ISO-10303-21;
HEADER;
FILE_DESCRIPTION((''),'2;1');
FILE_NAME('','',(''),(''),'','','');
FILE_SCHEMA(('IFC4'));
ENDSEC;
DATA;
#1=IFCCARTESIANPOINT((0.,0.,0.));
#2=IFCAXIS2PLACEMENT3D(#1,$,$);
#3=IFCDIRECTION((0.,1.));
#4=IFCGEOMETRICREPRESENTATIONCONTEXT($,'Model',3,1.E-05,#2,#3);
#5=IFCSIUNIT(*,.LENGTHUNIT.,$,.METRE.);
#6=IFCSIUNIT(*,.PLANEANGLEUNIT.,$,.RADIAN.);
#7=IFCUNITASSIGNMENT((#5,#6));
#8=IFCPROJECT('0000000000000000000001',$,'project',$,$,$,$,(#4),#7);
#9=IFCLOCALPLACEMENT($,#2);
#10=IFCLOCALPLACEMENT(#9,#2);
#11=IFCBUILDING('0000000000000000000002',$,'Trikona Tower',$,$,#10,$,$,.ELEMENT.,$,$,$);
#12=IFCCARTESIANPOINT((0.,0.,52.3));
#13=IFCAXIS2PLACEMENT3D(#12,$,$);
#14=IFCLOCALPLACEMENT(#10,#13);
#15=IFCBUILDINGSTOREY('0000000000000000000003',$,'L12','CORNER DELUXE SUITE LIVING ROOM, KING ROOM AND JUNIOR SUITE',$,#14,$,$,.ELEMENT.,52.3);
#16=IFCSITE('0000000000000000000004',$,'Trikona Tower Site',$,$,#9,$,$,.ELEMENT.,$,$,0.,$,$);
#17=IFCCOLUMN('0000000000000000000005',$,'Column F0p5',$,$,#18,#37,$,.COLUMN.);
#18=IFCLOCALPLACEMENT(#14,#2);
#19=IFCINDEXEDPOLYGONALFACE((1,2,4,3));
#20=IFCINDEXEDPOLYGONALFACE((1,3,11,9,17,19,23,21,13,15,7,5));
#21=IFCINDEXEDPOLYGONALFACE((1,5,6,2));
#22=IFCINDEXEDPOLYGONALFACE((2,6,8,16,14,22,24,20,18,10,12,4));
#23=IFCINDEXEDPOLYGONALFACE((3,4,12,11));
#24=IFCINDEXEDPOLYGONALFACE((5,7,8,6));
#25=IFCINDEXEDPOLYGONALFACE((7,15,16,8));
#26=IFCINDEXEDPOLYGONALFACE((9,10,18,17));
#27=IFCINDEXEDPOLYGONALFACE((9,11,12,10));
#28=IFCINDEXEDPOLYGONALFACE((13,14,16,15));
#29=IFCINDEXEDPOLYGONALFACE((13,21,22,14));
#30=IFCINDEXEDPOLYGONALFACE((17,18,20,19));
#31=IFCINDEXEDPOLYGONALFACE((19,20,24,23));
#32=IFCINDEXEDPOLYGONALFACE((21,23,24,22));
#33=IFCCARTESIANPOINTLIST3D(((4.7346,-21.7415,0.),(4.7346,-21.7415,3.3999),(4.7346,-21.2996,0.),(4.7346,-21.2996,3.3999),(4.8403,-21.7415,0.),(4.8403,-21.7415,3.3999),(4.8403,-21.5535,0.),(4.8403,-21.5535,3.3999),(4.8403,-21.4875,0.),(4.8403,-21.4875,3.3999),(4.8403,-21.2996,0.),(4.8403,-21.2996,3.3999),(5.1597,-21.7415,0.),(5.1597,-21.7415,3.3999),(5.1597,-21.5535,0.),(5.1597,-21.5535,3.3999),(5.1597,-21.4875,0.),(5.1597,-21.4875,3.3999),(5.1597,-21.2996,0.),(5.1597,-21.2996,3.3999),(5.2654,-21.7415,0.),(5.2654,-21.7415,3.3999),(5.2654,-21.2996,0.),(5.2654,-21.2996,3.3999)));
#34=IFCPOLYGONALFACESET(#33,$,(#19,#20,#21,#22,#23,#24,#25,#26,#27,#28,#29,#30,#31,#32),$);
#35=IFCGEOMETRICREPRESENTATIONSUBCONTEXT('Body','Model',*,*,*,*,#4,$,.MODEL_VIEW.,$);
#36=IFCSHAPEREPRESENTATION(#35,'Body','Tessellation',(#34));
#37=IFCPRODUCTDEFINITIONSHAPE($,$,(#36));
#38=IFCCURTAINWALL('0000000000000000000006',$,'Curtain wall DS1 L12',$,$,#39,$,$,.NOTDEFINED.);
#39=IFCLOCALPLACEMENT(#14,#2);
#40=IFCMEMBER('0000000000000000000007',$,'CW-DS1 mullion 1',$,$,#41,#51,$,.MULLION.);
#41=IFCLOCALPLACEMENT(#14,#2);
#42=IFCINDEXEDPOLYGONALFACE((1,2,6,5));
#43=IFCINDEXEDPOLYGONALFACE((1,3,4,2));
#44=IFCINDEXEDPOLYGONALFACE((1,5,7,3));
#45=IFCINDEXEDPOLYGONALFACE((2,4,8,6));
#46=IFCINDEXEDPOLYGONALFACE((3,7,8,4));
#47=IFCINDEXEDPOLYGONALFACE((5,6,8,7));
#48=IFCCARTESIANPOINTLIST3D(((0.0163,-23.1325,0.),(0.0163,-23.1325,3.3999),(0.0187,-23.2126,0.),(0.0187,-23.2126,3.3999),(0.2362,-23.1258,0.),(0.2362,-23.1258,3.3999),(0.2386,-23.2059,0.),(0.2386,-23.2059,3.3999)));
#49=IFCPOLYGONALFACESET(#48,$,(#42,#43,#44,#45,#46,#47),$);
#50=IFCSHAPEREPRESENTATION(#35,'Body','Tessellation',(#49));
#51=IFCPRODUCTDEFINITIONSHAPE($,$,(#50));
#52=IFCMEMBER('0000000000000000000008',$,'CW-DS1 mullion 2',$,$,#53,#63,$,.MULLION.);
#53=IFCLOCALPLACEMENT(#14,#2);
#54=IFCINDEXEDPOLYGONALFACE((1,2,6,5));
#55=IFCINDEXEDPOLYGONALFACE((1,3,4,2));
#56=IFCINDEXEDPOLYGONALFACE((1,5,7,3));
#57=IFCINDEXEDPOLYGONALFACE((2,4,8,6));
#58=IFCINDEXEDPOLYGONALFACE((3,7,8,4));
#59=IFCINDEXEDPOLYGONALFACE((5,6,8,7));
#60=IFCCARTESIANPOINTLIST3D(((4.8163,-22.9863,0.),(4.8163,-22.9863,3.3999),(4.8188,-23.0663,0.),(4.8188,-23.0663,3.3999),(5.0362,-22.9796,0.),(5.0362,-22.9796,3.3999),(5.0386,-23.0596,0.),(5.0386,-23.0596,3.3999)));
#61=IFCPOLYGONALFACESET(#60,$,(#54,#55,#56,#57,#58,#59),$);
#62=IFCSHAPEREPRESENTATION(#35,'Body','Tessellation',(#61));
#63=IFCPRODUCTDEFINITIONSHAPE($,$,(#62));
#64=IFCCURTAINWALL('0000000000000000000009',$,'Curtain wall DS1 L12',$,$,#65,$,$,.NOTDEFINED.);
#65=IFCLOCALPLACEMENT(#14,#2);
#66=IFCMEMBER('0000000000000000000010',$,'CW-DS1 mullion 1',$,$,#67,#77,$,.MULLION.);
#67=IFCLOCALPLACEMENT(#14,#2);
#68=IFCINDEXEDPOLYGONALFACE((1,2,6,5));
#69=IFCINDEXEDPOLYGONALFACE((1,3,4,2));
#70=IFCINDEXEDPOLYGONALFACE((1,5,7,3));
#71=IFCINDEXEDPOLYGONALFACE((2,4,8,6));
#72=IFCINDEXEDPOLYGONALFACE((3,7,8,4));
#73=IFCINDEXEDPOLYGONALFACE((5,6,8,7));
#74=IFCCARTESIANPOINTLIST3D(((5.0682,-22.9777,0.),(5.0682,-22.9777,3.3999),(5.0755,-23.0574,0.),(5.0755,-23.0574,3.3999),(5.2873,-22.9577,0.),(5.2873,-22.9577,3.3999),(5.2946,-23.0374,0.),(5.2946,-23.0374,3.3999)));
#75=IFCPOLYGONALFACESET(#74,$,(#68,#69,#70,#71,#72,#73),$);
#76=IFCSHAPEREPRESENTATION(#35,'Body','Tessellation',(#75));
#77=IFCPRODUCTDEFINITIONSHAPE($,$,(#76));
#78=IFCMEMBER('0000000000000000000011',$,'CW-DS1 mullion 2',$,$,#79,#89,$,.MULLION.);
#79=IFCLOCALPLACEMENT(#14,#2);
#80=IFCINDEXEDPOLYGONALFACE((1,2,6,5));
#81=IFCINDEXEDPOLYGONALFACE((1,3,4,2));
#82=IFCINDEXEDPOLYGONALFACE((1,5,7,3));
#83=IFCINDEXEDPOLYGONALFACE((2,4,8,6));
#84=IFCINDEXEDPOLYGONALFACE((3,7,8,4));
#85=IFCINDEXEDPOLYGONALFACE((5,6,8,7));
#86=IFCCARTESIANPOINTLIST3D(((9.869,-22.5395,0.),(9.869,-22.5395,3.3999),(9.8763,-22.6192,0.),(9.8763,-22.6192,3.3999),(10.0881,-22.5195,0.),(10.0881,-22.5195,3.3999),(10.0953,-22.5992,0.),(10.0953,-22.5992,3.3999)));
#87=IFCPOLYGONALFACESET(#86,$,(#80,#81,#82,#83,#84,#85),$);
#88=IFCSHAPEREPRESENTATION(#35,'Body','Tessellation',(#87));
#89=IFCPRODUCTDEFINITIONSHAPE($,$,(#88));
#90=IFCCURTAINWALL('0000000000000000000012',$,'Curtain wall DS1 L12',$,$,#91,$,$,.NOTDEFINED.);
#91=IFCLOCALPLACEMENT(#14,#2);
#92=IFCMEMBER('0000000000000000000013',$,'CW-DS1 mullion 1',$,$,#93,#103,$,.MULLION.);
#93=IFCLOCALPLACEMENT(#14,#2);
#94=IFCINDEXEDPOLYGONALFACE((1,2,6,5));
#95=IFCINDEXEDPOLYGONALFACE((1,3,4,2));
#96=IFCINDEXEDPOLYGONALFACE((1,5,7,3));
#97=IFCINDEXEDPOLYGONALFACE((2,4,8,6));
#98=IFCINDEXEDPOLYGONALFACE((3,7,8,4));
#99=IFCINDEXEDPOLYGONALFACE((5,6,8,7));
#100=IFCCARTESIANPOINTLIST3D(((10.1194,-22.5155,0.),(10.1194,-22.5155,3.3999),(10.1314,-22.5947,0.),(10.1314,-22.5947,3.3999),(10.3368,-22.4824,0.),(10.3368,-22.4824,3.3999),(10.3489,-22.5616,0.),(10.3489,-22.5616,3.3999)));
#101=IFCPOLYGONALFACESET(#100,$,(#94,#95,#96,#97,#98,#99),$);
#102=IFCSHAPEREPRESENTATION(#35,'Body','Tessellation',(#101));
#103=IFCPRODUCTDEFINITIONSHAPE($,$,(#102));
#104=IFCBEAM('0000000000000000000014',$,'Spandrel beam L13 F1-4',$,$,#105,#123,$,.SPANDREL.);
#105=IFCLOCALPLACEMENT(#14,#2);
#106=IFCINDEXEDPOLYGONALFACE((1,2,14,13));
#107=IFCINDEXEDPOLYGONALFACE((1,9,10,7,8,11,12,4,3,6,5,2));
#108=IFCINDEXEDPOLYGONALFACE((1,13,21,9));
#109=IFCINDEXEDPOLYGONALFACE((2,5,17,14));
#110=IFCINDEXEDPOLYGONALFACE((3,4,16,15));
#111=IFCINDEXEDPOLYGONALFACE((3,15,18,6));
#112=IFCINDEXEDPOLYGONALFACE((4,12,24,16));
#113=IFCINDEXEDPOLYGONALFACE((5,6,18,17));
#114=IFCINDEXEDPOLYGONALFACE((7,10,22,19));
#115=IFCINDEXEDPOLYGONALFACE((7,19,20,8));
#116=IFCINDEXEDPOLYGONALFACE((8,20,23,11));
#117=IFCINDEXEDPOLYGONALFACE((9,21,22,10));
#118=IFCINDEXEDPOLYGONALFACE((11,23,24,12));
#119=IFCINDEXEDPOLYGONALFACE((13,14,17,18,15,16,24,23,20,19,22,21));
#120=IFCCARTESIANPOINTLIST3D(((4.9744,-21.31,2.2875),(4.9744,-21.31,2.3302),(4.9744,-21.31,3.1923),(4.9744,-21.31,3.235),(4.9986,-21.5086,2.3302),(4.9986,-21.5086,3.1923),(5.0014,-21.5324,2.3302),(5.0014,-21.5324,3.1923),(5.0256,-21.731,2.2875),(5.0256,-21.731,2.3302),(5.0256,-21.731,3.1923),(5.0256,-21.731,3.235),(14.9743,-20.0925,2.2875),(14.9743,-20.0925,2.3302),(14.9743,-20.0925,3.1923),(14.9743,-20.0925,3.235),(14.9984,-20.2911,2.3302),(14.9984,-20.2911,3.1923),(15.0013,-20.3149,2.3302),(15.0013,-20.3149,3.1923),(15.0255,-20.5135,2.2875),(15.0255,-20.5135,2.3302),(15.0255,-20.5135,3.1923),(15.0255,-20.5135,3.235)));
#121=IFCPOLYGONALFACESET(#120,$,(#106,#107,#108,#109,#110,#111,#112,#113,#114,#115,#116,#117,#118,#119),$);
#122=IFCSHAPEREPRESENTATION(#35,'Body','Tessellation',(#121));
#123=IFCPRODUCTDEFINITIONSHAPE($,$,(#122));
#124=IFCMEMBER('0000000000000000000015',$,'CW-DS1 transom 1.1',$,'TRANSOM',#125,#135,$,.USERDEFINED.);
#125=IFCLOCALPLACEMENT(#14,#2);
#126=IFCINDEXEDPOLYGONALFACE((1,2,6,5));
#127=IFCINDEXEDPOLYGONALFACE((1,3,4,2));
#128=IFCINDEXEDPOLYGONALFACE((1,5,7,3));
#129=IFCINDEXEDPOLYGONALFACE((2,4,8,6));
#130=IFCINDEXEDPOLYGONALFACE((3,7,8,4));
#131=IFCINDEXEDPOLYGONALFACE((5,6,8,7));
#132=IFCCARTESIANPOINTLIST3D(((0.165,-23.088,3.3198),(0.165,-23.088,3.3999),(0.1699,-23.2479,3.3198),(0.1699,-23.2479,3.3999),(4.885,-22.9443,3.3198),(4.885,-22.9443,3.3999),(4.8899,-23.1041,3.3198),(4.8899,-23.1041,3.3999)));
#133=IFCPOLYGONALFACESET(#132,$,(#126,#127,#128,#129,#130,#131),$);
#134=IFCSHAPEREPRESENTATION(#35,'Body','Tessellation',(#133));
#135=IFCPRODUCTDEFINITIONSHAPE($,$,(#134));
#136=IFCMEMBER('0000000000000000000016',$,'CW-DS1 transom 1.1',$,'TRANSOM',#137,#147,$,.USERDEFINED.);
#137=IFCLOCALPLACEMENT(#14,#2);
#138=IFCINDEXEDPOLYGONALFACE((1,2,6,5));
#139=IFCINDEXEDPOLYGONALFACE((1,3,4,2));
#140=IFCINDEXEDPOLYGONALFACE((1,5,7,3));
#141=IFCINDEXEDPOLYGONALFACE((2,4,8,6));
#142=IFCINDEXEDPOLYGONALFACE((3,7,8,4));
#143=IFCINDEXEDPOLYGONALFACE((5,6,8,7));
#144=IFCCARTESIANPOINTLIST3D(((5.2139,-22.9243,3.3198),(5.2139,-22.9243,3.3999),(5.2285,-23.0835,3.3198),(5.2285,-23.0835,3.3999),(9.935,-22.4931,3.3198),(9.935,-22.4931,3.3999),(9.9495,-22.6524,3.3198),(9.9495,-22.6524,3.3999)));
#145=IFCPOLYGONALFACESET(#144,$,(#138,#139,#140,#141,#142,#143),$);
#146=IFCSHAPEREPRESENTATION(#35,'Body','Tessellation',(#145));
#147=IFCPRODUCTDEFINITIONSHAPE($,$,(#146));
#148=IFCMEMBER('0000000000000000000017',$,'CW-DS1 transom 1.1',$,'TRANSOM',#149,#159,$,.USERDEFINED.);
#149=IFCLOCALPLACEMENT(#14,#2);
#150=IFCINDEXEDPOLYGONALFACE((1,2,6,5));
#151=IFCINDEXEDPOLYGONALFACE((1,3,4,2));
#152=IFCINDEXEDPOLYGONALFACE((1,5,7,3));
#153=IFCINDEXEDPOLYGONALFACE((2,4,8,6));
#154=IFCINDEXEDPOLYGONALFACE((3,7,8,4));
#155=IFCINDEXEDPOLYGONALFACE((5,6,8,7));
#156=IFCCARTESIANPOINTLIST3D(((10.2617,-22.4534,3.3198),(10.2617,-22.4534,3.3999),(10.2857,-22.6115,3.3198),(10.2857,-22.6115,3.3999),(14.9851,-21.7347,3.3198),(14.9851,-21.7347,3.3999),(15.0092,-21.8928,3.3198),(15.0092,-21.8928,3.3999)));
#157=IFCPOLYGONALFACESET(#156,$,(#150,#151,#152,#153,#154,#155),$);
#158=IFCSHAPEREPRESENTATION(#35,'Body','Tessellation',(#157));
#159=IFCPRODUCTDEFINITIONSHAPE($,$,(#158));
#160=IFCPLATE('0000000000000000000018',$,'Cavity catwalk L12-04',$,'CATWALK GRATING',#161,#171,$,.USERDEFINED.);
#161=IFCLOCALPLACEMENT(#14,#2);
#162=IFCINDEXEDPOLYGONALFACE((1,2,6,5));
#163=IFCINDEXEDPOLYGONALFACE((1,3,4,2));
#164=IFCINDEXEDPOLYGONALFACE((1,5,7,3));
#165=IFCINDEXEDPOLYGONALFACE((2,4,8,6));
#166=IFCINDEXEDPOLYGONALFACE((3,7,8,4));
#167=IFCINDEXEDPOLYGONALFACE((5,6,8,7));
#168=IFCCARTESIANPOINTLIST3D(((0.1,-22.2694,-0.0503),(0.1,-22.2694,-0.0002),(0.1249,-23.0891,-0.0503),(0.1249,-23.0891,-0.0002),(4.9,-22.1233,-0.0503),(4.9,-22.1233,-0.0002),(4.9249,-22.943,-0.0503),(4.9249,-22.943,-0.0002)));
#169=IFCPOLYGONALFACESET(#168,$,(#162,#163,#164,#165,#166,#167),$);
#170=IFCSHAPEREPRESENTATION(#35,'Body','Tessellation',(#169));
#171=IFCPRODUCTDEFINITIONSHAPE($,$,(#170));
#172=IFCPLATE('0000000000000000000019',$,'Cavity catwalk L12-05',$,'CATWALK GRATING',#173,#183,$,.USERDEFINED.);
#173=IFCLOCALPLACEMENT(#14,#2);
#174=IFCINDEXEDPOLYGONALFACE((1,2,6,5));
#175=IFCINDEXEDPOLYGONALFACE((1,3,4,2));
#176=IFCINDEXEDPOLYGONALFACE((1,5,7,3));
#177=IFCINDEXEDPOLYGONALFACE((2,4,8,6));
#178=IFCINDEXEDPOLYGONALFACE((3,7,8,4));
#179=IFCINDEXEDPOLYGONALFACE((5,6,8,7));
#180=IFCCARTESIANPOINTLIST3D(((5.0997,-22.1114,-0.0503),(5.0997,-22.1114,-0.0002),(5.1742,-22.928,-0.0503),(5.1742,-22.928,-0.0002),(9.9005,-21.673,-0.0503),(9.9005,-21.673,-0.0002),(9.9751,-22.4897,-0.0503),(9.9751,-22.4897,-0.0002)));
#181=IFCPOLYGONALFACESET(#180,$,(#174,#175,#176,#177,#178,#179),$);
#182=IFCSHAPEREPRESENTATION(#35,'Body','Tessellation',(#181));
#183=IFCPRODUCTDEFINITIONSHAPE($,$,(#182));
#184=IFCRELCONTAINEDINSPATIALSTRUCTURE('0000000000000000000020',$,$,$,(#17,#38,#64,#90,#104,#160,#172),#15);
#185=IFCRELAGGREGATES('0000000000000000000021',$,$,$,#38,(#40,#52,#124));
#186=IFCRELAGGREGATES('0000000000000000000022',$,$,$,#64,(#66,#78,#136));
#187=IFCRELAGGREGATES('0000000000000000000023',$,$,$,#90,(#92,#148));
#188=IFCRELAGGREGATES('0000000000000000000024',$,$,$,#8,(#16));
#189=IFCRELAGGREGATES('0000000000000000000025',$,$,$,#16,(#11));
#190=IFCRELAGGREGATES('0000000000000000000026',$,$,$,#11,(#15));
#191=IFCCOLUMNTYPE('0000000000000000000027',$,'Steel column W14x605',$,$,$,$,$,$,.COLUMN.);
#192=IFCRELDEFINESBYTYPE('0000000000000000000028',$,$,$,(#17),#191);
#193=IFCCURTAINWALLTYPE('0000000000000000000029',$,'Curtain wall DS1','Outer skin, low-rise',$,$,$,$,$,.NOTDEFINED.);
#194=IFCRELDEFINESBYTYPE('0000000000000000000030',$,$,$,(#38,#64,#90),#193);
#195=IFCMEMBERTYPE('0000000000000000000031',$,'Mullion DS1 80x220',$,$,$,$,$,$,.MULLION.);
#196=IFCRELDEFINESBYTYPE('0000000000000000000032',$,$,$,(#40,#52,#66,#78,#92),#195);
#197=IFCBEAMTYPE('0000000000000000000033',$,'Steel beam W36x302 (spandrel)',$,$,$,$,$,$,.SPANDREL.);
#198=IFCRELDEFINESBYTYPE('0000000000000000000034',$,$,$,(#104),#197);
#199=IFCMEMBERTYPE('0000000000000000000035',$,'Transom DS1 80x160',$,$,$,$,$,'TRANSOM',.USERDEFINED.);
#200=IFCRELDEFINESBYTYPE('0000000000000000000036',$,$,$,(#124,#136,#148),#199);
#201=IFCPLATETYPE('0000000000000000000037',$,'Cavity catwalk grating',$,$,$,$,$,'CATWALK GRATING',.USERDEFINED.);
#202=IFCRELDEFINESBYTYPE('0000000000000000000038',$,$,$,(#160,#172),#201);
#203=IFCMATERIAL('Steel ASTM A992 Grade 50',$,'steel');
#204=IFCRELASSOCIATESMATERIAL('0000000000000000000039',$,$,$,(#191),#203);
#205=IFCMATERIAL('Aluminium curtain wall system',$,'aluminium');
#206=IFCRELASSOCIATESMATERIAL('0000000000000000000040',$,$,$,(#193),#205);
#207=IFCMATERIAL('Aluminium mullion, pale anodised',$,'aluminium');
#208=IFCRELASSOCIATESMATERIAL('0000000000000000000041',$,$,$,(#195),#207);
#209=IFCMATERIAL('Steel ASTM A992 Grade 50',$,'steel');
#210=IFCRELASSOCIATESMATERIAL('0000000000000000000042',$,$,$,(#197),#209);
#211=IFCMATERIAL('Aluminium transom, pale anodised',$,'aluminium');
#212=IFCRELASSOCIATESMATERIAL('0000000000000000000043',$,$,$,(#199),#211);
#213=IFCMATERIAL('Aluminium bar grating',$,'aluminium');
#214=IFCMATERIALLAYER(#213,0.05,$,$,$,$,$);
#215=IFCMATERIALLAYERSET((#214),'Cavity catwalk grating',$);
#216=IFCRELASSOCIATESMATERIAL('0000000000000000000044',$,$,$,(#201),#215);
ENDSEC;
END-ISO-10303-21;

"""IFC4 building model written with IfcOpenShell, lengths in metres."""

from ifc_helpers import new_model, si_unit, direction, frame, origin, origin_2d, place, context, subcontext, project, spatial, rectangle, i_section, extrude, material, layer, layer_set, material_profile, profile_set, type_object, element, aggregate, save


model = new_model("IFC4")

# Units and contexts
model_context = context("Model", 3, precision=1e-05, world=origin(), true_north=direction((0.0, 1.0)))
body_context = subcontext(model_context, "Body", "Model", "MODEL_VIEW")
ifc_project = project(units=[si_unit("LENGTHUNIT", "METRE"), si_unit("PLANEANGLEUNIT", "RADIAN")], contexts=[model_context])

# Site, building, storey
site_placement = place(None, origin())
site = spatial("IfcSite", under=ifc_project, at=site_placement, Name="Trikona Tower Site", CompositionType="ELEMENT", RefElevation=0.0)
building_placement = place(site_placement, origin())
building = spatial("IfcBuilding", under=site, at=building_placement, Name="Trikona Tower", CompositionType="ELEMENT")
storey_placement = place(building_placement, frame((0.0, 0.0, 52.3)))
storey = spatial("IfcBuildingStorey", under=building, at=storey_placement, Name="L12", Description="CORNER DELUXE SUITE LIVING ROOM, KING ROOM AND JUNIOR SUITE", CompositionType="ELEMENT", Elevation=52.3)

# Column
ifc_material_1 = material(Name="Steel ASTM A992 Grade 50", Category="steel")
ifc_material_profile_1 = material_profile(ifc_material_1, i_section(OverallWidth=0.4419, OverallDepth=0.5308, WebThickness=0.0659, FlangeThickness=0.1057, at=origin_2d()), Name="W14X605")
ifc_profile_set_1 = profile_set([ifc_material_profile_1], Name="Steel ASTM A992 Grade 50")
column_type = type_object("IfcColumnType", Name="Steel column W14x605", PredefinedType="COLUMN", material=ifc_profile_set_1)
column_placement = place(storey_placement, frame((5.0, -21.5205, 0.0), z_axis=(0.0, 0.0, 1.0), x_axis=(0.0, -1.0, 0.0)))
element("IfcColumn", 1, at=column_placement, inside=storey, type_object=column_type, Name="Column F0p5", PredefinedType="COLUMN", context=body_context, shape_type="SweptSolid", body=[
    extrude(i_section(OverallWidth=0.4419, OverallDepth=0.5308, WebThickness=0.0659, FlangeThickness=0.1057, at=origin_2d()), origin(), (0.0, 0.0, 1.0), 3.3999),
])

# Curtain walls, members
ifc_material_2 = material(Name="Aluminium curtain wall system", Category="aluminium")
curtain_wall_type = type_object("IfcCurtainWallType", Name="Curtain wall DS1", Description="Outer skin, low-rise", PredefinedType="NOTDEFINED", material=ifc_material_2)
curtain_wall_1_placement = place(storey_placement, origin())
curtain_wall_1 = element("IfcCurtainWall", 2, at=curtain_wall_1_placement, inside=storey, type_object=curtain_wall_type, Name="Curtain wall DS1 L12", PredefinedType="NOTDEFINED")
ifc_material_3 = material(Name="Aluminium mullion, pale anodised", Category="aluminium")
ifc_material_profile_2 = material_profile(ifc_material_3, rectangle(XDim=0.0801, YDim=0.22, at=origin_2d()), Name="MUL-DS1")
ifc_profile_set_2 = profile_set([ifc_material_profile_2], Name="Aluminium mullion, pale anodised")
member_type_1 = type_object("IfcMemberType", Name="Mullion DS1 80x220", PredefinedType="MULLION", material=ifc_profile_set_2)
member_1_placement = place(storey_placement, frame((0.1274, -23.1692, 0.0), z_axis=(0.0, 0.0, 1.0), x_axis=(-0.030437, 0.999537, 0.0)))
member_1 = element("IfcMember", 3, at=member_1_placement, type_object=member_type_1, Name="CW-DS1 mullion 1", PredefinedType="MULLION", context=body_context, shape_type="SweptSolid", body=[
    extrude(rectangle(XDim=0.0801, YDim=0.22, at=origin_2d()), origin(), (0.0, 0.0, 1.0), 3.3999),
])
member_2_placement = place(storey_placement, frame((4.9275, -23.0229, 0.0), z_axis=(0.0, 0.0, 1.0), x_axis=(-0.030437, 0.999537, 0.0)))
member_2 = element("IfcMember", 4, at=member_2_placement, type_object=member_type_1, Name="CW-DS1 mullion 2", PredefinedType="MULLION", context=body_context, shape_type="SweptSolid", body=[
    extrude(rectangle(XDim=0.0801, YDim=0.22, at=origin_2d()), origin(), (0.0, 0.0, 1.0), 3.3999),
])
curtain_wall_2_placement = place(storey_placement, origin())
curtain_wall_2 = element("IfcCurtainWall", 5, at=curtain_wall_2_placement, inside=storey, type_object=curtain_wall_type, Name="Curtain wall DS1 L12", PredefinedType="NOTDEFINED")
member_3_placement = place(storey_placement, frame((5.1814, -23.0076, 0.0), z_axis=(0.0, 0.0, 1.0), x_axis=(-0.090924, 0.995858, 0.0)))
member_3 = element("IfcMember", 6, at=member_3_placement, type_object=member_type_1, Name="CW-DS1 mullion 1", PredefinedType="MULLION", context=body_context, shape_type="SweptSolid", body=[
    extrude(rectangle(XDim=0.0801, YDim=0.22, at=origin_2d()), origin(), (0.0, 0.0, 1.0), 3.3999),
])
member_4_placement = place(storey_placement, frame((9.9822, -22.5693, 0.0), z_axis=(0.0, 0.0, 1.0), x_axis=(-0.090924, 0.995858, 0.0)))
member_4 = element("IfcMember", 7, at=member_4_placement, type_object=member_type_1, Name="CW-DS1 mullion 2", PredefinedType="MULLION", context=body_context, shape_type="SweptSolid", body=[
    extrude(rectangle(XDim=0.0801, YDim=0.22, at=origin_2d()), origin(), (0.0, 0.0, 1.0), 3.3999),
])

# Curtain wall, member
curtain_wall_3_placement = place(storey_placement, origin())
curtain_wall_3 = element("IfcCurtainWall", 8, at=curtain_wall_3_placement, inside=storey, type_object=curtain_wall_type, Name="Curtain wall DS1 L12", PredefinedType="NOTDEFINED")
member_5_placement = place(storey_placement, frame((10.2341, -22.5386, 0.0), z_axis=(0.0, 0.0, 1.0), x_axis=(-0.150438, 0.988619, 0.0)))
member_5 = element("IfcMember", 9, at=member_5_placement, type_object=member_type_1, Name="CW-DS1 mullion 1", PredefinedType="MULLION", context=body_context, shape_type="SweptSolid", body=[
    extrude(rectangle(XDim=0.0801, YDim=0.22, at=origin_2d()), origin(), (0.0, 0.0, 1.0), 3.3999),
])

# Beam
ifc_material_4 = material(Name="Steel ASTM A992 Grade 50", Category="steel")
ifc_material_profile_3 = material_profile(ifc_material_4, i_section(OverallWidth=0.4241, OverallDepth=0.9475, WebThickness=0.0239, FlangeThickness=0.0427, at=origin_2d()), Name="W36X302")
ifc_profile_set_3 = profile_set([ifc_material_profile_3], Name="Steel ASTM A992 Grade 50")
beam_type = type_object("IfcBeamType", Name="Steel beam W36x302 (spandrel)", PredefinedType="SPANDREL", material=ifc_profile_set_3)
beam_placement = place(storey_placement, frame((5.0, -21.5205, 2.7612), z_axis=(0.99267, 0.12086, 0.0), x_axis=(-0.12086, 0.99267, 0.0)))
element("IfcBeam", 10, at=beam_placement, inside=storey, type_object=beam_type, Name="Spandrel beam L13 F1-4", PredefinedType="SPANDREL", context=body_context, shape_type="SweptSolid", body=[
    extrude(i_section(OverallWidth=0.4241, OverallDepth=0.9475, WebThickness=0.0239, FlangeThickness=0.0427, at=origin_2d()), origin(), (0.0, 0.0, 1.0), 10.0737),
])

# Members
ifc_material_5 = material(Name="Aluminium transom, pale anodised", Category="aluminium")
ifc_material_profile_4 = material_profile(ifc_material_5, rectangle(XDim=0.1599, YDim=0.0801, at=origin_2d()), Name="TRN-DS1")
ifc_profile_set_4 = profile_set([ifc_material_profile_4], Name="Aluminium transom, pale anodised")
member_type_2 = type_object("IfcMemberType", Name="Transom DS1 80x160", ElementType="TRANSOM", PredefinedType="USERDEFINED", material=ifc_profile_set_4)
member_6_placement = place(storey_placement, frame((0.1675, -23.168, 3.3599), z_axis=(0.999536, 0.030452, 0.0), x_axis=(-0.030452, 0.999536, 0.0)))
member_6 = element("IfcMember", 11, at=member_6_placement, type_object=member_type_2, Name="CW-DS1 transom 1.1", ObjectType="TRANSOM", PredefinedType="USERDEFINED", context=body_context, shape_type="SweptSolid", body=[
    extrude(rectangle(XDim=0.1599, YDim=0.0801, at=origin_2d()), origin(), (0.0, 0.0, 1.0), 4.7222),
])
member_7_placement = place(storey_placement, frame((5.2212, -23.0039, 3.3599), z_axis=(0.995856, 0.090944, 0.0), x_axis=(-0.090944, 0.995856, 0.0)))
member_7 = element("IfcMember", 12, at=member_7_placement, type_object=member_type_2, Name="CW-DS1 transom 1.1", ObjectType="TRANSOM", PredefinedType="USERDEFINED", context=body_context, shape_type="SweptSolid", body=[
    extrude(rectangle(XDim=0.1599, YDim=0.0801, at=origin_2d()), origin(), (0.0, 0.0, 1.0), 4.7407),
])
member_8_placement = place(storey_placement, frame((10.2737, -22.5325, 3.3599), z_axis=(0.98862, 0.150437, 0.0), x_axis=(-0.150437, 0.98862, 0.0)))
member_8 = element("IfcMember", 13, at=member_8_placement, type_object=member_type_2, Name="CW-DS1 transom 1.1", ObjectType="TRANSOM", PredefinedType="USERDEFINED", context=body_context, shape_type="SweptSolid", body=[
    extrude(rectangle(XDim=0.1599, YDim=0.0801, at=origin_2d()), origin(), (0.0, 0.0, 1.0), 4.7778),
])

# Plates
ifc_material_6 = material(Name="Aluminium bar grating", Category="aluminium")
ifc_layer_1 = layer(ifc_material_6, 0.05)
ifc_layer_set_1 = layer_set([ifc_layer_1], Name="Cavity catwalk grating")
plate_type_1 = type_object("IfcPlateType", Name="Cavity catwalk grating", ElementType="CATWALK GRATING", PredefinedType="USERDEFINED", material=ifc_layer_set_1)
plate_1_placement = place(storey_placement, frame((2.5125, -22.6062, -0.0503), z_axis=(0.0, 0.0, 1.0), x_axis=(0.999537, 0.030425, 0.0)))
element("IfcPlate", 14, at=plate_1_placement, inside=storey, type_object=plate_type_1, Name="Cavity catwalk L12-04", ObjectType="CATWALK GRATING", PredefinedType="USERDEFINED", context=body_context, shape_type="SweptSolid", body=[
    extrude(rectangle(XDim=4.8022, YDim=0.8201, at=origin_2d()), origin(), (0.0, 0.0, 1.0), 0.05),
])
plate_2_placement = place(storey_placement, frame((7.5374, -22.3005, -0.0503), z_axis=(0.0, 0.0, 1.0), x_axis=(0.995858, 0.090921, 0.0)))
element("IfcPlate", 15, at=plate_2_placement, inside=storey, type_object=plate_type_1, Name="Cavity catwalk L12-05", ObjectType="CATWALK GRATING", PredefinedType="USERDEFINED", context=body_context, shape_type="SweptSolid", body=[
    extrude(rectangle(XDim=4.8208, YDim=0.8201, at=origin_2d()), origin(), (0.0, 0.0, 1.0), 0.05),
])

aggregate(curtain_wall_1, [member_1, member_2, member_6])
aggregate(curtain_wall_2, [member_3, member_4, member_7])
aggregate(curtain_wall_3, [member_5, member_8])

save(model, "model.ifc")
